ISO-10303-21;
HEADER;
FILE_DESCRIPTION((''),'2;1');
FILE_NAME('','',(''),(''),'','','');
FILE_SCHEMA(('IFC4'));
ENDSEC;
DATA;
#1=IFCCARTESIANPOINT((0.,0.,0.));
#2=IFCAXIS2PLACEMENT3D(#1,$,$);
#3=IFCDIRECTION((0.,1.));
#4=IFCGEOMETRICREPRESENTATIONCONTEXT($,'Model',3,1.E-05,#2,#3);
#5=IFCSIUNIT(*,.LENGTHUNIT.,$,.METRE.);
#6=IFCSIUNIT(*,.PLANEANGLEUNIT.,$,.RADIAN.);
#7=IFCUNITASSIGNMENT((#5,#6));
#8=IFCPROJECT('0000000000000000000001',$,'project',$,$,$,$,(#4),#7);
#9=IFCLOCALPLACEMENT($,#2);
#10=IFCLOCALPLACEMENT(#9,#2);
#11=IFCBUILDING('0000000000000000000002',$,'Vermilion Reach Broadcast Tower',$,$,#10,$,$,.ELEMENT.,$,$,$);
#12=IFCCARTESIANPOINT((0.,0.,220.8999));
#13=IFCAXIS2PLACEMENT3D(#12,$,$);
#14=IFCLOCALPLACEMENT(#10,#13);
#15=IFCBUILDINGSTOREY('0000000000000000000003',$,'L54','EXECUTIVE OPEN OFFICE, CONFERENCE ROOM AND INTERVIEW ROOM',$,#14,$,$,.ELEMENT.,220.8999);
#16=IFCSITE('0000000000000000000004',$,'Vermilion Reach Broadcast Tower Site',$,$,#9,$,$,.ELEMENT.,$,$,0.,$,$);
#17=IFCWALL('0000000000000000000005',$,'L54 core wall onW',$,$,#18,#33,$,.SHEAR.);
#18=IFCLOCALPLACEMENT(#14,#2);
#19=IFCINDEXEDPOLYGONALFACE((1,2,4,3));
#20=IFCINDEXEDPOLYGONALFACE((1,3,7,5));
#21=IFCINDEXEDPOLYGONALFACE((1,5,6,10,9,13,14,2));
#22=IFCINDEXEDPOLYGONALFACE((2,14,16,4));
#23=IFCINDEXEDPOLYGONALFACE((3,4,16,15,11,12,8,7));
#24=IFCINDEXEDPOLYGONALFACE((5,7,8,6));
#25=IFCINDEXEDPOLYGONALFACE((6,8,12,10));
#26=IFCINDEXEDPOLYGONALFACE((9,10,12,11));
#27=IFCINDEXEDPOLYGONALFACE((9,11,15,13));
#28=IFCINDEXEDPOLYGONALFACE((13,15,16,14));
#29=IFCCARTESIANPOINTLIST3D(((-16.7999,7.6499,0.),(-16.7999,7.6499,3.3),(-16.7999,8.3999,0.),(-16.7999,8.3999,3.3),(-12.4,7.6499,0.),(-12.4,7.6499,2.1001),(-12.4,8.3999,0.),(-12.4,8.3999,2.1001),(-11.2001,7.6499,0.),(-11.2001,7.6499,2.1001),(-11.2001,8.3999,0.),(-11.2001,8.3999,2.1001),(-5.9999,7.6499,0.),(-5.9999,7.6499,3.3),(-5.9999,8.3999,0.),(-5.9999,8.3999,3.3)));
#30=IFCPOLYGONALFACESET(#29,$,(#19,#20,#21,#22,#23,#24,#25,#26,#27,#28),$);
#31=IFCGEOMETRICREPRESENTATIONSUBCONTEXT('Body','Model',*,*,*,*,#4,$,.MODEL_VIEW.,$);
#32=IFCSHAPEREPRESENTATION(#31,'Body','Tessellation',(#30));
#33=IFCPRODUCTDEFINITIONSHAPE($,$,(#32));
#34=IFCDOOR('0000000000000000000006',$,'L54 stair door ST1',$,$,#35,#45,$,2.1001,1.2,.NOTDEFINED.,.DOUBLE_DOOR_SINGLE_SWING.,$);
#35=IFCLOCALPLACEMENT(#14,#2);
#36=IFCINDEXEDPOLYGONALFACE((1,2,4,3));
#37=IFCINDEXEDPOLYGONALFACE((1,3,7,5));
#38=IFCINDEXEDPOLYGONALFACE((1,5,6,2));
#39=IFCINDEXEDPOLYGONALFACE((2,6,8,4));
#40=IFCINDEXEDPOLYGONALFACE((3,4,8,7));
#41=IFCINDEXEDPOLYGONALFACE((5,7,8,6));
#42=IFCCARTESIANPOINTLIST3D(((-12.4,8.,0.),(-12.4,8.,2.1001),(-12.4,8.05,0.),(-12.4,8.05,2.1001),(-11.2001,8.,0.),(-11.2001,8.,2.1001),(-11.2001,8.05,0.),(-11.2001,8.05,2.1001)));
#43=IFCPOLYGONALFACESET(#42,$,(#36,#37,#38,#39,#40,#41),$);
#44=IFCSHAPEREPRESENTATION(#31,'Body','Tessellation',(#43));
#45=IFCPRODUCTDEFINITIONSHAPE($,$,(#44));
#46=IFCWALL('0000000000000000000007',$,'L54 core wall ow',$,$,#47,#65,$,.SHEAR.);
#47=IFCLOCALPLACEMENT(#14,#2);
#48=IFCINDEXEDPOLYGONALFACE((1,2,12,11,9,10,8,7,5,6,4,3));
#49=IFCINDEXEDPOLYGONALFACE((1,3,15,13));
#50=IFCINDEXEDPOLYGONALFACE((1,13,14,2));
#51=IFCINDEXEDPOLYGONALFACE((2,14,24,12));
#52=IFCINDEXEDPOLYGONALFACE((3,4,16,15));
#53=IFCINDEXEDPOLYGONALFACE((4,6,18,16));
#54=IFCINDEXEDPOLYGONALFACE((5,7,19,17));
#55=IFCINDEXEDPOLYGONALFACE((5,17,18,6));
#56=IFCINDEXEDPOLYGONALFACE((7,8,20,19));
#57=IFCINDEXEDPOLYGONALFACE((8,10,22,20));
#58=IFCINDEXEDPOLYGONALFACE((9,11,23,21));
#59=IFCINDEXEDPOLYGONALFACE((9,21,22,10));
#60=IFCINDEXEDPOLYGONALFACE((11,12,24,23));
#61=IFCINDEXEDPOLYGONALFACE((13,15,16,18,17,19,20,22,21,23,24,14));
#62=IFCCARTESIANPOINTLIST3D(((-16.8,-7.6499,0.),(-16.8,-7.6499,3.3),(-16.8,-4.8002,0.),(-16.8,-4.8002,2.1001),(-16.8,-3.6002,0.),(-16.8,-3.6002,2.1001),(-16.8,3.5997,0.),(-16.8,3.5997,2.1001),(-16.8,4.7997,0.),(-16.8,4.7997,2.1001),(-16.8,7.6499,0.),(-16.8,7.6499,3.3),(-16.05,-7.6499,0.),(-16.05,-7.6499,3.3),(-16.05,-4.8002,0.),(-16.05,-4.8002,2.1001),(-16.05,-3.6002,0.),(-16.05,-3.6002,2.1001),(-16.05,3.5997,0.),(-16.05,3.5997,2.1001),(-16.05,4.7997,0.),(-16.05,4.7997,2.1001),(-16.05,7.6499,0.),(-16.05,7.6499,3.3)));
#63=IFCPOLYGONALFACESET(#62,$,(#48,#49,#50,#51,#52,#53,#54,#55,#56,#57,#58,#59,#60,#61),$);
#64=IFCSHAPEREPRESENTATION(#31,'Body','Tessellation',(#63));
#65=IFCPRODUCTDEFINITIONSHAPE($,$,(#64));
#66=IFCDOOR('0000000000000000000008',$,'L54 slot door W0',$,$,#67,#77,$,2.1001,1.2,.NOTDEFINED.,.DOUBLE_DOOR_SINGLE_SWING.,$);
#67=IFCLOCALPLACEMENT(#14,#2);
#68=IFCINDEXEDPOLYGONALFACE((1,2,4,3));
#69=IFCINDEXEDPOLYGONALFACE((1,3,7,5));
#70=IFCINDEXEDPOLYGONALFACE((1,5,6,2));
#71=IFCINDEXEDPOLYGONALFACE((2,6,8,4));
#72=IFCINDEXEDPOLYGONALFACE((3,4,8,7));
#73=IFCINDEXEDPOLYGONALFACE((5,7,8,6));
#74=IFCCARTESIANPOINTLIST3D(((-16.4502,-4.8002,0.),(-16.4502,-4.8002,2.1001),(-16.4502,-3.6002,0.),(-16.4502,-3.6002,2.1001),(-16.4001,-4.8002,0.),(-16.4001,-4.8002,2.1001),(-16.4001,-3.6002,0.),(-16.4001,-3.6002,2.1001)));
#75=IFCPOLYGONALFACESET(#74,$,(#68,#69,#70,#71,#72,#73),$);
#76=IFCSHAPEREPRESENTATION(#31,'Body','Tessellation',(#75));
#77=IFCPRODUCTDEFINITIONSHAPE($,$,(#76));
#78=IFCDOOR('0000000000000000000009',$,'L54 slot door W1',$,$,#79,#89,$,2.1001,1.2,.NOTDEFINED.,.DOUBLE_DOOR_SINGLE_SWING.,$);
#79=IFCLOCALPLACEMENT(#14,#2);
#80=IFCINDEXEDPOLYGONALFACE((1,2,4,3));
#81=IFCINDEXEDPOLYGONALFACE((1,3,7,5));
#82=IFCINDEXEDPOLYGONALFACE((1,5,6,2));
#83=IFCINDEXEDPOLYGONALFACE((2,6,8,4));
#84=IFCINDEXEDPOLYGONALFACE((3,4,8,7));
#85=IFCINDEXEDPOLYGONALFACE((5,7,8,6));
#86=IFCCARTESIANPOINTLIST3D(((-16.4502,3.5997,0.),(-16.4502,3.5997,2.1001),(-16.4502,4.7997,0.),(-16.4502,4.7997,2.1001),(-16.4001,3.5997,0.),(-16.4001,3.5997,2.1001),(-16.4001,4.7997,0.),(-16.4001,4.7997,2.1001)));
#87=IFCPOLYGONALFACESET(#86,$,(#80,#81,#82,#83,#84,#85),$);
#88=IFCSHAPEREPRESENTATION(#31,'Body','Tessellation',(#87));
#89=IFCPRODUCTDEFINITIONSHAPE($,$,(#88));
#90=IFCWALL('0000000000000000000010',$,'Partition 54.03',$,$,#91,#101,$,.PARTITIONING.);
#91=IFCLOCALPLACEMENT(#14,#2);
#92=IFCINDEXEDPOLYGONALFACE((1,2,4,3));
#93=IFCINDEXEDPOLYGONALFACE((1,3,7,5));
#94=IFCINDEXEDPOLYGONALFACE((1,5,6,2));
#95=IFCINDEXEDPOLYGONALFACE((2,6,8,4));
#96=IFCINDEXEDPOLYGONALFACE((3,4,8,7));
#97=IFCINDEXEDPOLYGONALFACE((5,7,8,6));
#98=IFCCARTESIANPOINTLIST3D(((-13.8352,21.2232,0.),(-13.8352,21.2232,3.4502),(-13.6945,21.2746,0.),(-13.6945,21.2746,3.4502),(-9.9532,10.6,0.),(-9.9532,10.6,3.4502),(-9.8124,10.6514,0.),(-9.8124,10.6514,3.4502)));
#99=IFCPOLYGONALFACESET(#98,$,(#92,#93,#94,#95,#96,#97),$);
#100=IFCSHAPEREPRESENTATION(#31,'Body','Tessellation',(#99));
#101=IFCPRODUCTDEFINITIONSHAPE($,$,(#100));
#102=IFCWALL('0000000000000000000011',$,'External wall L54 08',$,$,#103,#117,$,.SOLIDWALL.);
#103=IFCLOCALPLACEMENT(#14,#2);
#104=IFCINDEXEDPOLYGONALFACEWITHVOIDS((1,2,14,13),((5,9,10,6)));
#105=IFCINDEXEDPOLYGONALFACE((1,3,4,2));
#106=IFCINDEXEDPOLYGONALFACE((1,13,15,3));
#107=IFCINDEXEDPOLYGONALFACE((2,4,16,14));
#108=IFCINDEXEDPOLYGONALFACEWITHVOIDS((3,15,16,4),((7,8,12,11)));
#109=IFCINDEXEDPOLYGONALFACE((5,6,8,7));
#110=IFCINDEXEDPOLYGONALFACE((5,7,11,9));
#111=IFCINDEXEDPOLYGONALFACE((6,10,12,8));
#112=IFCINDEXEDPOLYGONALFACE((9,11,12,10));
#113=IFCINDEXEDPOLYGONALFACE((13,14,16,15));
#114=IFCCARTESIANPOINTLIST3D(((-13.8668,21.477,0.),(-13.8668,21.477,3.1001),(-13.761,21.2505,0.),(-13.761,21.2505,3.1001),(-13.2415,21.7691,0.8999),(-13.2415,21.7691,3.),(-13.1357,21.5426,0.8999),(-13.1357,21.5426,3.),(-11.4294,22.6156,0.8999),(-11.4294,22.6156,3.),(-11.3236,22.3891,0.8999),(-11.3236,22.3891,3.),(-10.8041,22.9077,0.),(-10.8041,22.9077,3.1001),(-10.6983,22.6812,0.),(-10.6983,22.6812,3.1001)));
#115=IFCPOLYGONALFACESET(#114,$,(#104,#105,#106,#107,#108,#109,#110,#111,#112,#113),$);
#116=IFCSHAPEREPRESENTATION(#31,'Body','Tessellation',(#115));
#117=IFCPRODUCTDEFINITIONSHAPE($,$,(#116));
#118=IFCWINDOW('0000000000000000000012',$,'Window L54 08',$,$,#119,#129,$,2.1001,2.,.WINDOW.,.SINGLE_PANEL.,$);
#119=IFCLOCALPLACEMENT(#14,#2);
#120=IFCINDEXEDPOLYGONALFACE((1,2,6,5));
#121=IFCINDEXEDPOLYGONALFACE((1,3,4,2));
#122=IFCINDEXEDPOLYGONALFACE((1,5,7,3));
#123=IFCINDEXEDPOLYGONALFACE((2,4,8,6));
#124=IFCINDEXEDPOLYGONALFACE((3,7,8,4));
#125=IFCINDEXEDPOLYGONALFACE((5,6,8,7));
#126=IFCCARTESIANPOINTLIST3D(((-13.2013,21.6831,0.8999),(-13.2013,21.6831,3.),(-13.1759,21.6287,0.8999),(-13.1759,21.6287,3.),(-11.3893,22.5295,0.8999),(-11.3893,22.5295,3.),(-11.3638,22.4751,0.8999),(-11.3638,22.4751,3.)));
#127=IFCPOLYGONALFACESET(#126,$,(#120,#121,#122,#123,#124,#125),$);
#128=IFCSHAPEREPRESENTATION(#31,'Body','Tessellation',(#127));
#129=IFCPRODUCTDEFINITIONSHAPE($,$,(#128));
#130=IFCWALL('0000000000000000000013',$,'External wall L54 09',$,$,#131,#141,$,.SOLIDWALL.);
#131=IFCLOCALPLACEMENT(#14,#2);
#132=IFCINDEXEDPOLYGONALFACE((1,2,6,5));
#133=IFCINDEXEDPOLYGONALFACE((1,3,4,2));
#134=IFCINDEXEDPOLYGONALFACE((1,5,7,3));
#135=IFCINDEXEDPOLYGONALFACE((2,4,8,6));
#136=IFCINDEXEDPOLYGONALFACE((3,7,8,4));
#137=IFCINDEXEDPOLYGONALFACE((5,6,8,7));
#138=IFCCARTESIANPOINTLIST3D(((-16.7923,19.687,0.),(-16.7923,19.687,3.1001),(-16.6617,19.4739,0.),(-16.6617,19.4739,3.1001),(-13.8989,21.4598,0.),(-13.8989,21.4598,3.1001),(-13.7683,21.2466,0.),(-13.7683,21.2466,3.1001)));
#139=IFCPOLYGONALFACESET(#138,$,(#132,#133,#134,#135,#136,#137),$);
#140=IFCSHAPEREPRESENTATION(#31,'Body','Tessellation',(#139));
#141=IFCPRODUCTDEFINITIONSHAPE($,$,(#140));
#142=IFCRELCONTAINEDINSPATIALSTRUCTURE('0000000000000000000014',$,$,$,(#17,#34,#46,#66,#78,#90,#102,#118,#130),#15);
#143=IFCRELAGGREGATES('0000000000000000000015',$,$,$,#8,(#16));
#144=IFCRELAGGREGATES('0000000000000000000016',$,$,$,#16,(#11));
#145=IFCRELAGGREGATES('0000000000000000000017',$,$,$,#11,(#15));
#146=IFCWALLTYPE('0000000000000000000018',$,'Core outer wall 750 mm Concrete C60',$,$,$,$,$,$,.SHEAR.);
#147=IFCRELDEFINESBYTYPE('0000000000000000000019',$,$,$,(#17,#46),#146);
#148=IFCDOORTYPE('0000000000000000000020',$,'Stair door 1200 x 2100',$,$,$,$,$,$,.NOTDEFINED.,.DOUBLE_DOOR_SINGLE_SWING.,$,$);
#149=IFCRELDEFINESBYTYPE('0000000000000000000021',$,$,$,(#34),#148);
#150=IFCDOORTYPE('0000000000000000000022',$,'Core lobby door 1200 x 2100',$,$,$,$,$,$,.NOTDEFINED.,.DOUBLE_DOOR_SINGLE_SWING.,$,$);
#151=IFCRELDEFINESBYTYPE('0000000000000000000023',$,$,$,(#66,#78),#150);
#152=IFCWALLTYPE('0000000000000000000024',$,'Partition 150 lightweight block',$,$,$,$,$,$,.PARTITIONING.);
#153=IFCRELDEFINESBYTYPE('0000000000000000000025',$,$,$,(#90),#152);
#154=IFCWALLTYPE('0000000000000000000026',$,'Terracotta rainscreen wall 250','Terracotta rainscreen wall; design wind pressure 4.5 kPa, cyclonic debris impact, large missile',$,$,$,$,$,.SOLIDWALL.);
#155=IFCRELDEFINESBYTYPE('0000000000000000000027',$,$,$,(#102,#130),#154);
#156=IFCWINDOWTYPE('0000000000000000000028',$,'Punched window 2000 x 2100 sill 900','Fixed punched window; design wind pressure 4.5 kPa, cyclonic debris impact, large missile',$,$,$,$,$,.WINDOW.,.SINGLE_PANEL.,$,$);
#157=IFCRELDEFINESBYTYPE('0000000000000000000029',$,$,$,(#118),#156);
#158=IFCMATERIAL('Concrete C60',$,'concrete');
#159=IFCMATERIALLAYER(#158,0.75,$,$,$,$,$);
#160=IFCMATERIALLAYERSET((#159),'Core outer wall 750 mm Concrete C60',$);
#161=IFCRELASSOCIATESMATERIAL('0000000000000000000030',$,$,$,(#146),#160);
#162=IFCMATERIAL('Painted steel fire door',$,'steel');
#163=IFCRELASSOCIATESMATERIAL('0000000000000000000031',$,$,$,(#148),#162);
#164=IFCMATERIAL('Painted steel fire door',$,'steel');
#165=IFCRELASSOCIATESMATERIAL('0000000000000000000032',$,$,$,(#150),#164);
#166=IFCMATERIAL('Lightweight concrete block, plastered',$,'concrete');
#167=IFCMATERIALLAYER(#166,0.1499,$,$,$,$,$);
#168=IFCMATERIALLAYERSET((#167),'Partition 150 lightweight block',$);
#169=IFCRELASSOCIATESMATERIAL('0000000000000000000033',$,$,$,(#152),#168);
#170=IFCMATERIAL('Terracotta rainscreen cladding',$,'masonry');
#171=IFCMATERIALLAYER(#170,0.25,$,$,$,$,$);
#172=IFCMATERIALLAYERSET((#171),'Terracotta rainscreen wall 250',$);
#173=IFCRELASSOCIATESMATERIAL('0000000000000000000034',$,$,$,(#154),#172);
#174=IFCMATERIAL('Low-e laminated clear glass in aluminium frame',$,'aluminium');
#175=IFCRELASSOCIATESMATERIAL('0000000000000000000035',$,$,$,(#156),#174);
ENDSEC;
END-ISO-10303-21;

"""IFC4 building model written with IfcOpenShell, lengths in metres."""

from ifc_helpers import new_model, si_unit, direction, frame, frame_2d, origin, place, context, subcontext, project, spatial, rectangle, extrude, material, layer, layer_set, type_object, element, fill, save


model = new_model("IFC4")

# Units and contexts
model_context = context("Model", 3, precision=1e-05, world=origin(), true_north=direction((0.0, 1.0)))
body_context = subcontext(model_context, "Body", "Model", "MODEL_VIEW")
ifc_project = project(units=[si_unit("LENGTHUNIT", "METRE"), si_unit("PLANEANGLEUNIT", "RADIAN")], contexts=[model_context])

# Site, building, storey
site_placement = place(None, origin())
site = spatial("IfcSite", under=ifc_project, at=site_placement, Name="Vermilion Reach Broadcast Tower Site", CompositionType="ELEMENT", RefElevation=0.0)
building_placement = place(site_placement, origin())
building = spatial("IfcBuilding", under=site, at=building_placement, Name="Vermilion Reach Broadcast Tower", CompositionType="ELEMENT")
storey_placement = place(building_placement, frame((0.0, 0.0, 220.8999)))
storey = spatial("IfcBuildingStorey", under=building, at=storey_placement, Name="L54", Description="EXECUTIVE OPEN OFFICE, CONFERENCE ROOM AND INTERVIEW ROOM", CompositionType="ELEMENT", Elevation=220.8999)

# Wall, opening, door
ifc_material_1 = material(Name="Concrete C60", Category="concrete")
ifc_layer_1 = layer(ifc_material_1, 0.75)
ifc_layer_set_1 = layer_set([ifc_layer_1], Name="Core outer wall 750 mm Concrete C60")
wall_type_1 = type_object("IfcWallType", Name="Core outer wall 750 mm Concrete C60", PredefinedType="SHEAR", material=ifc_layer_set_1)
wall_1_placement = place(storey_placement, frame((-6.0, 8.0249, 0.0), z_axis=(0.0, 0.0, 1.0), x_axis=(-1.0, 0.0, 0.0)))
wall_1 = element("IfcWall", 1, at=wall_1_placement, inside=storey, type_object=wall_type_1, Name="L54 core wall onW", PredefinedType="SHEAR", context=body_context, shape_type="SweptSolid", body=[
    extrude(rectangle(XDim=10.8, YDim=0.75, at=frame_2d((5.3999, 0.0))), origin(), (0.0, 0.0, 1.0), 3.3),
])
opening_1_placement = place(wall_1_placement, frame((5.2, 0.0, 0.0)))
opening_1 = element("IfcOpeningElement", 2, at=opening_1_placement, cuts=wall_1, PredefinedType="OPENING", context=body_context, shape_type="SweptSolid", body=[
    extrude(rectangle(XDim=1.2, YDim=2.1001, at=frame_2d((0.6001, 1.05))), frame((0.0, 0.385, 0.0), z_axis=(0.0, -1.0, 0.0), x_axis=(1.0, 0.0, 0.0)), (0.0, 0.0, 1.0), 0.77),
])
ifc_material_2 = material(Name="Painted steel fire door", Category="steel")
door_type_1 = type_object("IfcDoorType", Name="Stair door 1200 x 2100", OperationType="DOUBLE_DOOR_SINGLE_SWING", PredefinedType="NOTDEFINED", material=ifc_material_2)
door_1_placement = place(opening_1_placement, origin())
door_1 = element("IfcDoor", 3, at=door_1_placement, inside=storey, type_object=door_type_1, Name="L54 stair door ST1", OperationType="DOUBLE_DOOR_SINGLE_SWING", OverallHeight=2.1001, OverallWidth=1.2, PredefinedType="NOTDEFINED", context=body_context, shape_type="SweptSolid", body=[
    extrude(rectangle(XDim=1.2, YDim=2.1001, at=frame_2d((0.6001, 1.05))), frame((0.0, 0.0249, 0.0), z_axis=(0.0, -1.0, 0.0), x_axis=(1.0, 0.0, 0.0)), (0.0, 0.0, 1.0), 0.05),
])
fill(opening_1, door_1)

# Wall, openings, doors
wall_2_placement = place(storey_placement, frame((-16.425, 7.6499, 0.0), z_axis=(0.0, 0.0, 1.0), x_axis=(0.0, -1.0, 0.0)))
wall_2 = element("IfcWall", 4, at=wall_2_placement, inside=storey, type_object=wall_type_1, Name="L54 core wall ow", PredefinedType="SHEAR", context=body_context, shape_type="SweptSolid", body=[
    extrude(rectangle(XDim=15.2998, YDim=0.75, at=frame_2d((7.6499, 0.0))), origin(), (0.0, 0.0, 1.0), 3.3),
])
opening_2_placement = place(wall_2_placement, frame((11.25, 0.0, 0.0)))
opening_2 = element("IfcOpeningElement", 5, at=opening_2_placement, cuts=wall_2, PredefinedType="OPENING", context=body_context, shape_type="SweptSolid", body=[
    extrude(rectangle(XDim=1.2, YDim=2.1001, at=frame_2d((0.6001, 1.05))), frame((0.0, 0.385, 0.0), z_axis=(0.0, -1.0, 0.0), x_axis=(1.0, 0.0, 0.0)), (0.0, 0.0, 1.0), 0.77),
])
opening_3_placement = place(wall_2_placement, frame((2.8501, 0.0, 0.0)))
opening_3 = element("IfcOpeningElement", 6, at=opening_3_placement, cuts=wall_2, PredefinedType="OPENING", context=body_context, shape_type="SweptSolid", body=[
    extrude(rectangle(XDim=1.2, YDim=2.1001, at=frame_2d((0.6001, 1.05))), frame((0.0, 0.385, 0.0), z_axis=(0.0, -1.0, 0.0), x_axis=(1.0, 0.0, 0.0)), (0.0, 0.0, 1.0), 0.77),
])
ifc_material_3 = material(Name="Painted steel fire door", Category="steel")
door_type_2 = type_object("IfcDoorType", Name="Core lobby door 1200 x 2100", OperationType="DOUBLE_DOOR_SINGLE_SWING", PredefinedType="NOTDEFINED", material=ifc_material_3)
door_2_placement = place(opening_2_placement, origin())
door_2 = element("IfcDoor", 7, at=door_2_placement, inside=storey, type_object=door_type_2, Name="L54 slot door W0", OperationType="DOUBLE_DOOR_SINGLE_SWING", OverallHeight=2.1001, OverallWidth=1.2, PredefinedType="NOTDEFINED", context=body_context, shape_type="SweptSolid", body=[
    extrude(rectangle(XDim=1.2, YDim=2.1001, at=frame_2d((0.6001, 1.05))), frame((0.0, 0.0249, 0.0), z_axis=(0.0, -1.0, 0.0), x_axis=(1.0, 0.0, 0.0)), (0.0, 0.0, 1.0), 0.05),
])
fill(opening_2, door_2)
door_3_placement = place(opening_3_placement, origin())
door_3 = element("IfcDoor", 8, at=door_3_placement, inside=storey, type_object=door_type_2, Name="L54 slot door W1", OperationType="DOUBLE_DOOR_SINGLE_SWING", OverallHeight=2.1001, OverallWidth=1.2, PredefinedType="NOTDEFINED", context=body_context, shape_type="SweptSolid", body=[
    extrude(rectangle(XDim=1.2, YDim=2.1001, at=frame_2d((0.6001, 1.05))), frame((0.0, 0.0249, 0.0), z_axis=(0.0, -1.0, 0.0), x_axis=(1.0, 0.0, 0.0)), (0.0, 0.0, 1.0), 0.05),
])
fill(opening_3, door_3)

# Wall
ifc_material_4 = material(Name="Lightweight concrete block, plastered", Category="concrete")
ifc_layer_2 = layer(ifc_material_4, 0.1499)
ifc_layer_set_2 = layer_set([ifc_layer_2], Name="Partition 150 lightweight block")
wall_type_2 = type_object("IfcWallType", Name="Partition 150 lightweight block", PredefinedType="PARTITIONING", material=ifc_layer_set_2)
wall_3_placement = place(storey_placement, frame((-13.7649, 21.249, 0.0), z_axis=(0.0, 0.0, 1.0), x_axis=(0.343231, -0.939251, 0.0)))
element("IfcWall", 9, at=wall_3_placement, inside=storey, type_object=wall_type_2, Name="Partition 54.03", PredefinedType="PARTITIONING", context=body_context, shape_type="SweptSolid", body=[
    extrude(rectangle(XDim=11.3103, YDim=0.1499, at=frame_2d((5.6553, 0.0))), origin(), (0.0, 0.0, 1.0), 3.4502),
])

# Shared definitions
ifc_material_5 = material(Name="Terracotta rainscreen cladding", Category="masonry")
ifc_layer_3 = layer(ifc_material_5, 0.25)
ifc_layer_set_3 = layer_set([ifc_layer_3], Name="Terracotta rainscreen wall 250")
wall_type_3 = type_object("IfcWallType", Name="Terracotta rainscreen wall 250", Description="Terracotta rainscreen wall; design wind pressure 4.5 kPa, cyclonic debris impact, large missile", PredefinedType="SOLIDWALL", material=ifc_layer_set_3)

# Wall, opening, window
wall_4_placement = place(storey_placement, frame((-10.7512, 22.7944, 0.0), z_axis=(0.0, 0.0, 1.0), x_axis=(-0.906026, -0.423222, 0.0)))
wall_4 = element("IfcWall", 10, at=wall_4_placement, inside=storey, type_object=wall_type_3, Name="External wall L54 08", PredefinedType="SOLIDWALL", context=body_context, shape_type="SweptSolid", body=[
    extrude(rectangle(XDim=3.3804, YDim=0.25, at=frame_2d((1.6902, 0.0))), origin(), (0.0, 0.0, 1.0), 3.1001),
])
opening_4_placement = place(wall_4_placement, frame((0.6902, 0.0, 0.8999)))
opening_4 = element("IfcOpeningElement", 11, at=opening_4_placement, cuts=wall_4, PredefinedType="OPENING", context=body_context, shape_type="SweptSolid", body=[
    extrude(rectangle(XDim=2.0, YDim=2.1001, at=frame_2d((1.0, 1.05))), frame((0.0, 0.135, 0.0), z_axis=(0.0, -1.0, 0.0), x_axis=(1.0, 0.0, 0.0)), (0.0, 0.0, 1.0), 0.27),
])
ifc_material_6 = material(Name="Low-e laminated clear glass in aluminium frame", Category="aluminium")
window_type = type_object("IfcWindowType", Name="Punched window 2000 x 2100 sill 900", Description="Fixed punched window; design wind pressure 4.5 kPa, cyclonic debris impact, large missile", PartitioningType="SINGLE_PANEL", PredefinedType="WINDOW", material=ifc_material_6)
window_placement = place(opening_4_placement, origin())
window = element("IfcWindow", 12, at=window_placement, inside=storey, type_object=window_type, Name="Window L54 08", OverallHeight=2.1001, OverallWidth=2.0, PartitioningType="SINGLE_PANEL", PredefinedType="WINDOW", context=body_context, shape_type="SweptSolid", body=[
    extrude(rectangle(XDim=2.0, YDim=2.1001, at=frame_2d((1.0, 1.05))), frame((0.0, 0.03, 0.0), z_axis=(0.0, -1.0, 0.0), x_axis=(1.0, 0.0, 0.0)), (0.0, 0.0, 1.0), 0.0601),
])
fill(opening_4, window)

# Wall
wall_5_placement = place(storey_placement, frame((-13.8335, 21.3533, 0.0), z_axis=(0.0, 0.0, 1.0), x_axis=(-0.852682, -0.52243, 0.0)))
element("IfcWall", 13, at=wall_5_placement, inside=storey, type_object=wall_type_3, Name="External wall L54 09", PredefinedType="SOLIDWALL", context=body_context, shape_type="SweptSolid", body=[
    extrude(rectangle(XDim=3.3933, YDim=0.25, at=frame_2d((1.6968, 0.0))), origin(), (0.0, 0.0, 1.0), 3.1001),
])

save(model, "model.ifc")
